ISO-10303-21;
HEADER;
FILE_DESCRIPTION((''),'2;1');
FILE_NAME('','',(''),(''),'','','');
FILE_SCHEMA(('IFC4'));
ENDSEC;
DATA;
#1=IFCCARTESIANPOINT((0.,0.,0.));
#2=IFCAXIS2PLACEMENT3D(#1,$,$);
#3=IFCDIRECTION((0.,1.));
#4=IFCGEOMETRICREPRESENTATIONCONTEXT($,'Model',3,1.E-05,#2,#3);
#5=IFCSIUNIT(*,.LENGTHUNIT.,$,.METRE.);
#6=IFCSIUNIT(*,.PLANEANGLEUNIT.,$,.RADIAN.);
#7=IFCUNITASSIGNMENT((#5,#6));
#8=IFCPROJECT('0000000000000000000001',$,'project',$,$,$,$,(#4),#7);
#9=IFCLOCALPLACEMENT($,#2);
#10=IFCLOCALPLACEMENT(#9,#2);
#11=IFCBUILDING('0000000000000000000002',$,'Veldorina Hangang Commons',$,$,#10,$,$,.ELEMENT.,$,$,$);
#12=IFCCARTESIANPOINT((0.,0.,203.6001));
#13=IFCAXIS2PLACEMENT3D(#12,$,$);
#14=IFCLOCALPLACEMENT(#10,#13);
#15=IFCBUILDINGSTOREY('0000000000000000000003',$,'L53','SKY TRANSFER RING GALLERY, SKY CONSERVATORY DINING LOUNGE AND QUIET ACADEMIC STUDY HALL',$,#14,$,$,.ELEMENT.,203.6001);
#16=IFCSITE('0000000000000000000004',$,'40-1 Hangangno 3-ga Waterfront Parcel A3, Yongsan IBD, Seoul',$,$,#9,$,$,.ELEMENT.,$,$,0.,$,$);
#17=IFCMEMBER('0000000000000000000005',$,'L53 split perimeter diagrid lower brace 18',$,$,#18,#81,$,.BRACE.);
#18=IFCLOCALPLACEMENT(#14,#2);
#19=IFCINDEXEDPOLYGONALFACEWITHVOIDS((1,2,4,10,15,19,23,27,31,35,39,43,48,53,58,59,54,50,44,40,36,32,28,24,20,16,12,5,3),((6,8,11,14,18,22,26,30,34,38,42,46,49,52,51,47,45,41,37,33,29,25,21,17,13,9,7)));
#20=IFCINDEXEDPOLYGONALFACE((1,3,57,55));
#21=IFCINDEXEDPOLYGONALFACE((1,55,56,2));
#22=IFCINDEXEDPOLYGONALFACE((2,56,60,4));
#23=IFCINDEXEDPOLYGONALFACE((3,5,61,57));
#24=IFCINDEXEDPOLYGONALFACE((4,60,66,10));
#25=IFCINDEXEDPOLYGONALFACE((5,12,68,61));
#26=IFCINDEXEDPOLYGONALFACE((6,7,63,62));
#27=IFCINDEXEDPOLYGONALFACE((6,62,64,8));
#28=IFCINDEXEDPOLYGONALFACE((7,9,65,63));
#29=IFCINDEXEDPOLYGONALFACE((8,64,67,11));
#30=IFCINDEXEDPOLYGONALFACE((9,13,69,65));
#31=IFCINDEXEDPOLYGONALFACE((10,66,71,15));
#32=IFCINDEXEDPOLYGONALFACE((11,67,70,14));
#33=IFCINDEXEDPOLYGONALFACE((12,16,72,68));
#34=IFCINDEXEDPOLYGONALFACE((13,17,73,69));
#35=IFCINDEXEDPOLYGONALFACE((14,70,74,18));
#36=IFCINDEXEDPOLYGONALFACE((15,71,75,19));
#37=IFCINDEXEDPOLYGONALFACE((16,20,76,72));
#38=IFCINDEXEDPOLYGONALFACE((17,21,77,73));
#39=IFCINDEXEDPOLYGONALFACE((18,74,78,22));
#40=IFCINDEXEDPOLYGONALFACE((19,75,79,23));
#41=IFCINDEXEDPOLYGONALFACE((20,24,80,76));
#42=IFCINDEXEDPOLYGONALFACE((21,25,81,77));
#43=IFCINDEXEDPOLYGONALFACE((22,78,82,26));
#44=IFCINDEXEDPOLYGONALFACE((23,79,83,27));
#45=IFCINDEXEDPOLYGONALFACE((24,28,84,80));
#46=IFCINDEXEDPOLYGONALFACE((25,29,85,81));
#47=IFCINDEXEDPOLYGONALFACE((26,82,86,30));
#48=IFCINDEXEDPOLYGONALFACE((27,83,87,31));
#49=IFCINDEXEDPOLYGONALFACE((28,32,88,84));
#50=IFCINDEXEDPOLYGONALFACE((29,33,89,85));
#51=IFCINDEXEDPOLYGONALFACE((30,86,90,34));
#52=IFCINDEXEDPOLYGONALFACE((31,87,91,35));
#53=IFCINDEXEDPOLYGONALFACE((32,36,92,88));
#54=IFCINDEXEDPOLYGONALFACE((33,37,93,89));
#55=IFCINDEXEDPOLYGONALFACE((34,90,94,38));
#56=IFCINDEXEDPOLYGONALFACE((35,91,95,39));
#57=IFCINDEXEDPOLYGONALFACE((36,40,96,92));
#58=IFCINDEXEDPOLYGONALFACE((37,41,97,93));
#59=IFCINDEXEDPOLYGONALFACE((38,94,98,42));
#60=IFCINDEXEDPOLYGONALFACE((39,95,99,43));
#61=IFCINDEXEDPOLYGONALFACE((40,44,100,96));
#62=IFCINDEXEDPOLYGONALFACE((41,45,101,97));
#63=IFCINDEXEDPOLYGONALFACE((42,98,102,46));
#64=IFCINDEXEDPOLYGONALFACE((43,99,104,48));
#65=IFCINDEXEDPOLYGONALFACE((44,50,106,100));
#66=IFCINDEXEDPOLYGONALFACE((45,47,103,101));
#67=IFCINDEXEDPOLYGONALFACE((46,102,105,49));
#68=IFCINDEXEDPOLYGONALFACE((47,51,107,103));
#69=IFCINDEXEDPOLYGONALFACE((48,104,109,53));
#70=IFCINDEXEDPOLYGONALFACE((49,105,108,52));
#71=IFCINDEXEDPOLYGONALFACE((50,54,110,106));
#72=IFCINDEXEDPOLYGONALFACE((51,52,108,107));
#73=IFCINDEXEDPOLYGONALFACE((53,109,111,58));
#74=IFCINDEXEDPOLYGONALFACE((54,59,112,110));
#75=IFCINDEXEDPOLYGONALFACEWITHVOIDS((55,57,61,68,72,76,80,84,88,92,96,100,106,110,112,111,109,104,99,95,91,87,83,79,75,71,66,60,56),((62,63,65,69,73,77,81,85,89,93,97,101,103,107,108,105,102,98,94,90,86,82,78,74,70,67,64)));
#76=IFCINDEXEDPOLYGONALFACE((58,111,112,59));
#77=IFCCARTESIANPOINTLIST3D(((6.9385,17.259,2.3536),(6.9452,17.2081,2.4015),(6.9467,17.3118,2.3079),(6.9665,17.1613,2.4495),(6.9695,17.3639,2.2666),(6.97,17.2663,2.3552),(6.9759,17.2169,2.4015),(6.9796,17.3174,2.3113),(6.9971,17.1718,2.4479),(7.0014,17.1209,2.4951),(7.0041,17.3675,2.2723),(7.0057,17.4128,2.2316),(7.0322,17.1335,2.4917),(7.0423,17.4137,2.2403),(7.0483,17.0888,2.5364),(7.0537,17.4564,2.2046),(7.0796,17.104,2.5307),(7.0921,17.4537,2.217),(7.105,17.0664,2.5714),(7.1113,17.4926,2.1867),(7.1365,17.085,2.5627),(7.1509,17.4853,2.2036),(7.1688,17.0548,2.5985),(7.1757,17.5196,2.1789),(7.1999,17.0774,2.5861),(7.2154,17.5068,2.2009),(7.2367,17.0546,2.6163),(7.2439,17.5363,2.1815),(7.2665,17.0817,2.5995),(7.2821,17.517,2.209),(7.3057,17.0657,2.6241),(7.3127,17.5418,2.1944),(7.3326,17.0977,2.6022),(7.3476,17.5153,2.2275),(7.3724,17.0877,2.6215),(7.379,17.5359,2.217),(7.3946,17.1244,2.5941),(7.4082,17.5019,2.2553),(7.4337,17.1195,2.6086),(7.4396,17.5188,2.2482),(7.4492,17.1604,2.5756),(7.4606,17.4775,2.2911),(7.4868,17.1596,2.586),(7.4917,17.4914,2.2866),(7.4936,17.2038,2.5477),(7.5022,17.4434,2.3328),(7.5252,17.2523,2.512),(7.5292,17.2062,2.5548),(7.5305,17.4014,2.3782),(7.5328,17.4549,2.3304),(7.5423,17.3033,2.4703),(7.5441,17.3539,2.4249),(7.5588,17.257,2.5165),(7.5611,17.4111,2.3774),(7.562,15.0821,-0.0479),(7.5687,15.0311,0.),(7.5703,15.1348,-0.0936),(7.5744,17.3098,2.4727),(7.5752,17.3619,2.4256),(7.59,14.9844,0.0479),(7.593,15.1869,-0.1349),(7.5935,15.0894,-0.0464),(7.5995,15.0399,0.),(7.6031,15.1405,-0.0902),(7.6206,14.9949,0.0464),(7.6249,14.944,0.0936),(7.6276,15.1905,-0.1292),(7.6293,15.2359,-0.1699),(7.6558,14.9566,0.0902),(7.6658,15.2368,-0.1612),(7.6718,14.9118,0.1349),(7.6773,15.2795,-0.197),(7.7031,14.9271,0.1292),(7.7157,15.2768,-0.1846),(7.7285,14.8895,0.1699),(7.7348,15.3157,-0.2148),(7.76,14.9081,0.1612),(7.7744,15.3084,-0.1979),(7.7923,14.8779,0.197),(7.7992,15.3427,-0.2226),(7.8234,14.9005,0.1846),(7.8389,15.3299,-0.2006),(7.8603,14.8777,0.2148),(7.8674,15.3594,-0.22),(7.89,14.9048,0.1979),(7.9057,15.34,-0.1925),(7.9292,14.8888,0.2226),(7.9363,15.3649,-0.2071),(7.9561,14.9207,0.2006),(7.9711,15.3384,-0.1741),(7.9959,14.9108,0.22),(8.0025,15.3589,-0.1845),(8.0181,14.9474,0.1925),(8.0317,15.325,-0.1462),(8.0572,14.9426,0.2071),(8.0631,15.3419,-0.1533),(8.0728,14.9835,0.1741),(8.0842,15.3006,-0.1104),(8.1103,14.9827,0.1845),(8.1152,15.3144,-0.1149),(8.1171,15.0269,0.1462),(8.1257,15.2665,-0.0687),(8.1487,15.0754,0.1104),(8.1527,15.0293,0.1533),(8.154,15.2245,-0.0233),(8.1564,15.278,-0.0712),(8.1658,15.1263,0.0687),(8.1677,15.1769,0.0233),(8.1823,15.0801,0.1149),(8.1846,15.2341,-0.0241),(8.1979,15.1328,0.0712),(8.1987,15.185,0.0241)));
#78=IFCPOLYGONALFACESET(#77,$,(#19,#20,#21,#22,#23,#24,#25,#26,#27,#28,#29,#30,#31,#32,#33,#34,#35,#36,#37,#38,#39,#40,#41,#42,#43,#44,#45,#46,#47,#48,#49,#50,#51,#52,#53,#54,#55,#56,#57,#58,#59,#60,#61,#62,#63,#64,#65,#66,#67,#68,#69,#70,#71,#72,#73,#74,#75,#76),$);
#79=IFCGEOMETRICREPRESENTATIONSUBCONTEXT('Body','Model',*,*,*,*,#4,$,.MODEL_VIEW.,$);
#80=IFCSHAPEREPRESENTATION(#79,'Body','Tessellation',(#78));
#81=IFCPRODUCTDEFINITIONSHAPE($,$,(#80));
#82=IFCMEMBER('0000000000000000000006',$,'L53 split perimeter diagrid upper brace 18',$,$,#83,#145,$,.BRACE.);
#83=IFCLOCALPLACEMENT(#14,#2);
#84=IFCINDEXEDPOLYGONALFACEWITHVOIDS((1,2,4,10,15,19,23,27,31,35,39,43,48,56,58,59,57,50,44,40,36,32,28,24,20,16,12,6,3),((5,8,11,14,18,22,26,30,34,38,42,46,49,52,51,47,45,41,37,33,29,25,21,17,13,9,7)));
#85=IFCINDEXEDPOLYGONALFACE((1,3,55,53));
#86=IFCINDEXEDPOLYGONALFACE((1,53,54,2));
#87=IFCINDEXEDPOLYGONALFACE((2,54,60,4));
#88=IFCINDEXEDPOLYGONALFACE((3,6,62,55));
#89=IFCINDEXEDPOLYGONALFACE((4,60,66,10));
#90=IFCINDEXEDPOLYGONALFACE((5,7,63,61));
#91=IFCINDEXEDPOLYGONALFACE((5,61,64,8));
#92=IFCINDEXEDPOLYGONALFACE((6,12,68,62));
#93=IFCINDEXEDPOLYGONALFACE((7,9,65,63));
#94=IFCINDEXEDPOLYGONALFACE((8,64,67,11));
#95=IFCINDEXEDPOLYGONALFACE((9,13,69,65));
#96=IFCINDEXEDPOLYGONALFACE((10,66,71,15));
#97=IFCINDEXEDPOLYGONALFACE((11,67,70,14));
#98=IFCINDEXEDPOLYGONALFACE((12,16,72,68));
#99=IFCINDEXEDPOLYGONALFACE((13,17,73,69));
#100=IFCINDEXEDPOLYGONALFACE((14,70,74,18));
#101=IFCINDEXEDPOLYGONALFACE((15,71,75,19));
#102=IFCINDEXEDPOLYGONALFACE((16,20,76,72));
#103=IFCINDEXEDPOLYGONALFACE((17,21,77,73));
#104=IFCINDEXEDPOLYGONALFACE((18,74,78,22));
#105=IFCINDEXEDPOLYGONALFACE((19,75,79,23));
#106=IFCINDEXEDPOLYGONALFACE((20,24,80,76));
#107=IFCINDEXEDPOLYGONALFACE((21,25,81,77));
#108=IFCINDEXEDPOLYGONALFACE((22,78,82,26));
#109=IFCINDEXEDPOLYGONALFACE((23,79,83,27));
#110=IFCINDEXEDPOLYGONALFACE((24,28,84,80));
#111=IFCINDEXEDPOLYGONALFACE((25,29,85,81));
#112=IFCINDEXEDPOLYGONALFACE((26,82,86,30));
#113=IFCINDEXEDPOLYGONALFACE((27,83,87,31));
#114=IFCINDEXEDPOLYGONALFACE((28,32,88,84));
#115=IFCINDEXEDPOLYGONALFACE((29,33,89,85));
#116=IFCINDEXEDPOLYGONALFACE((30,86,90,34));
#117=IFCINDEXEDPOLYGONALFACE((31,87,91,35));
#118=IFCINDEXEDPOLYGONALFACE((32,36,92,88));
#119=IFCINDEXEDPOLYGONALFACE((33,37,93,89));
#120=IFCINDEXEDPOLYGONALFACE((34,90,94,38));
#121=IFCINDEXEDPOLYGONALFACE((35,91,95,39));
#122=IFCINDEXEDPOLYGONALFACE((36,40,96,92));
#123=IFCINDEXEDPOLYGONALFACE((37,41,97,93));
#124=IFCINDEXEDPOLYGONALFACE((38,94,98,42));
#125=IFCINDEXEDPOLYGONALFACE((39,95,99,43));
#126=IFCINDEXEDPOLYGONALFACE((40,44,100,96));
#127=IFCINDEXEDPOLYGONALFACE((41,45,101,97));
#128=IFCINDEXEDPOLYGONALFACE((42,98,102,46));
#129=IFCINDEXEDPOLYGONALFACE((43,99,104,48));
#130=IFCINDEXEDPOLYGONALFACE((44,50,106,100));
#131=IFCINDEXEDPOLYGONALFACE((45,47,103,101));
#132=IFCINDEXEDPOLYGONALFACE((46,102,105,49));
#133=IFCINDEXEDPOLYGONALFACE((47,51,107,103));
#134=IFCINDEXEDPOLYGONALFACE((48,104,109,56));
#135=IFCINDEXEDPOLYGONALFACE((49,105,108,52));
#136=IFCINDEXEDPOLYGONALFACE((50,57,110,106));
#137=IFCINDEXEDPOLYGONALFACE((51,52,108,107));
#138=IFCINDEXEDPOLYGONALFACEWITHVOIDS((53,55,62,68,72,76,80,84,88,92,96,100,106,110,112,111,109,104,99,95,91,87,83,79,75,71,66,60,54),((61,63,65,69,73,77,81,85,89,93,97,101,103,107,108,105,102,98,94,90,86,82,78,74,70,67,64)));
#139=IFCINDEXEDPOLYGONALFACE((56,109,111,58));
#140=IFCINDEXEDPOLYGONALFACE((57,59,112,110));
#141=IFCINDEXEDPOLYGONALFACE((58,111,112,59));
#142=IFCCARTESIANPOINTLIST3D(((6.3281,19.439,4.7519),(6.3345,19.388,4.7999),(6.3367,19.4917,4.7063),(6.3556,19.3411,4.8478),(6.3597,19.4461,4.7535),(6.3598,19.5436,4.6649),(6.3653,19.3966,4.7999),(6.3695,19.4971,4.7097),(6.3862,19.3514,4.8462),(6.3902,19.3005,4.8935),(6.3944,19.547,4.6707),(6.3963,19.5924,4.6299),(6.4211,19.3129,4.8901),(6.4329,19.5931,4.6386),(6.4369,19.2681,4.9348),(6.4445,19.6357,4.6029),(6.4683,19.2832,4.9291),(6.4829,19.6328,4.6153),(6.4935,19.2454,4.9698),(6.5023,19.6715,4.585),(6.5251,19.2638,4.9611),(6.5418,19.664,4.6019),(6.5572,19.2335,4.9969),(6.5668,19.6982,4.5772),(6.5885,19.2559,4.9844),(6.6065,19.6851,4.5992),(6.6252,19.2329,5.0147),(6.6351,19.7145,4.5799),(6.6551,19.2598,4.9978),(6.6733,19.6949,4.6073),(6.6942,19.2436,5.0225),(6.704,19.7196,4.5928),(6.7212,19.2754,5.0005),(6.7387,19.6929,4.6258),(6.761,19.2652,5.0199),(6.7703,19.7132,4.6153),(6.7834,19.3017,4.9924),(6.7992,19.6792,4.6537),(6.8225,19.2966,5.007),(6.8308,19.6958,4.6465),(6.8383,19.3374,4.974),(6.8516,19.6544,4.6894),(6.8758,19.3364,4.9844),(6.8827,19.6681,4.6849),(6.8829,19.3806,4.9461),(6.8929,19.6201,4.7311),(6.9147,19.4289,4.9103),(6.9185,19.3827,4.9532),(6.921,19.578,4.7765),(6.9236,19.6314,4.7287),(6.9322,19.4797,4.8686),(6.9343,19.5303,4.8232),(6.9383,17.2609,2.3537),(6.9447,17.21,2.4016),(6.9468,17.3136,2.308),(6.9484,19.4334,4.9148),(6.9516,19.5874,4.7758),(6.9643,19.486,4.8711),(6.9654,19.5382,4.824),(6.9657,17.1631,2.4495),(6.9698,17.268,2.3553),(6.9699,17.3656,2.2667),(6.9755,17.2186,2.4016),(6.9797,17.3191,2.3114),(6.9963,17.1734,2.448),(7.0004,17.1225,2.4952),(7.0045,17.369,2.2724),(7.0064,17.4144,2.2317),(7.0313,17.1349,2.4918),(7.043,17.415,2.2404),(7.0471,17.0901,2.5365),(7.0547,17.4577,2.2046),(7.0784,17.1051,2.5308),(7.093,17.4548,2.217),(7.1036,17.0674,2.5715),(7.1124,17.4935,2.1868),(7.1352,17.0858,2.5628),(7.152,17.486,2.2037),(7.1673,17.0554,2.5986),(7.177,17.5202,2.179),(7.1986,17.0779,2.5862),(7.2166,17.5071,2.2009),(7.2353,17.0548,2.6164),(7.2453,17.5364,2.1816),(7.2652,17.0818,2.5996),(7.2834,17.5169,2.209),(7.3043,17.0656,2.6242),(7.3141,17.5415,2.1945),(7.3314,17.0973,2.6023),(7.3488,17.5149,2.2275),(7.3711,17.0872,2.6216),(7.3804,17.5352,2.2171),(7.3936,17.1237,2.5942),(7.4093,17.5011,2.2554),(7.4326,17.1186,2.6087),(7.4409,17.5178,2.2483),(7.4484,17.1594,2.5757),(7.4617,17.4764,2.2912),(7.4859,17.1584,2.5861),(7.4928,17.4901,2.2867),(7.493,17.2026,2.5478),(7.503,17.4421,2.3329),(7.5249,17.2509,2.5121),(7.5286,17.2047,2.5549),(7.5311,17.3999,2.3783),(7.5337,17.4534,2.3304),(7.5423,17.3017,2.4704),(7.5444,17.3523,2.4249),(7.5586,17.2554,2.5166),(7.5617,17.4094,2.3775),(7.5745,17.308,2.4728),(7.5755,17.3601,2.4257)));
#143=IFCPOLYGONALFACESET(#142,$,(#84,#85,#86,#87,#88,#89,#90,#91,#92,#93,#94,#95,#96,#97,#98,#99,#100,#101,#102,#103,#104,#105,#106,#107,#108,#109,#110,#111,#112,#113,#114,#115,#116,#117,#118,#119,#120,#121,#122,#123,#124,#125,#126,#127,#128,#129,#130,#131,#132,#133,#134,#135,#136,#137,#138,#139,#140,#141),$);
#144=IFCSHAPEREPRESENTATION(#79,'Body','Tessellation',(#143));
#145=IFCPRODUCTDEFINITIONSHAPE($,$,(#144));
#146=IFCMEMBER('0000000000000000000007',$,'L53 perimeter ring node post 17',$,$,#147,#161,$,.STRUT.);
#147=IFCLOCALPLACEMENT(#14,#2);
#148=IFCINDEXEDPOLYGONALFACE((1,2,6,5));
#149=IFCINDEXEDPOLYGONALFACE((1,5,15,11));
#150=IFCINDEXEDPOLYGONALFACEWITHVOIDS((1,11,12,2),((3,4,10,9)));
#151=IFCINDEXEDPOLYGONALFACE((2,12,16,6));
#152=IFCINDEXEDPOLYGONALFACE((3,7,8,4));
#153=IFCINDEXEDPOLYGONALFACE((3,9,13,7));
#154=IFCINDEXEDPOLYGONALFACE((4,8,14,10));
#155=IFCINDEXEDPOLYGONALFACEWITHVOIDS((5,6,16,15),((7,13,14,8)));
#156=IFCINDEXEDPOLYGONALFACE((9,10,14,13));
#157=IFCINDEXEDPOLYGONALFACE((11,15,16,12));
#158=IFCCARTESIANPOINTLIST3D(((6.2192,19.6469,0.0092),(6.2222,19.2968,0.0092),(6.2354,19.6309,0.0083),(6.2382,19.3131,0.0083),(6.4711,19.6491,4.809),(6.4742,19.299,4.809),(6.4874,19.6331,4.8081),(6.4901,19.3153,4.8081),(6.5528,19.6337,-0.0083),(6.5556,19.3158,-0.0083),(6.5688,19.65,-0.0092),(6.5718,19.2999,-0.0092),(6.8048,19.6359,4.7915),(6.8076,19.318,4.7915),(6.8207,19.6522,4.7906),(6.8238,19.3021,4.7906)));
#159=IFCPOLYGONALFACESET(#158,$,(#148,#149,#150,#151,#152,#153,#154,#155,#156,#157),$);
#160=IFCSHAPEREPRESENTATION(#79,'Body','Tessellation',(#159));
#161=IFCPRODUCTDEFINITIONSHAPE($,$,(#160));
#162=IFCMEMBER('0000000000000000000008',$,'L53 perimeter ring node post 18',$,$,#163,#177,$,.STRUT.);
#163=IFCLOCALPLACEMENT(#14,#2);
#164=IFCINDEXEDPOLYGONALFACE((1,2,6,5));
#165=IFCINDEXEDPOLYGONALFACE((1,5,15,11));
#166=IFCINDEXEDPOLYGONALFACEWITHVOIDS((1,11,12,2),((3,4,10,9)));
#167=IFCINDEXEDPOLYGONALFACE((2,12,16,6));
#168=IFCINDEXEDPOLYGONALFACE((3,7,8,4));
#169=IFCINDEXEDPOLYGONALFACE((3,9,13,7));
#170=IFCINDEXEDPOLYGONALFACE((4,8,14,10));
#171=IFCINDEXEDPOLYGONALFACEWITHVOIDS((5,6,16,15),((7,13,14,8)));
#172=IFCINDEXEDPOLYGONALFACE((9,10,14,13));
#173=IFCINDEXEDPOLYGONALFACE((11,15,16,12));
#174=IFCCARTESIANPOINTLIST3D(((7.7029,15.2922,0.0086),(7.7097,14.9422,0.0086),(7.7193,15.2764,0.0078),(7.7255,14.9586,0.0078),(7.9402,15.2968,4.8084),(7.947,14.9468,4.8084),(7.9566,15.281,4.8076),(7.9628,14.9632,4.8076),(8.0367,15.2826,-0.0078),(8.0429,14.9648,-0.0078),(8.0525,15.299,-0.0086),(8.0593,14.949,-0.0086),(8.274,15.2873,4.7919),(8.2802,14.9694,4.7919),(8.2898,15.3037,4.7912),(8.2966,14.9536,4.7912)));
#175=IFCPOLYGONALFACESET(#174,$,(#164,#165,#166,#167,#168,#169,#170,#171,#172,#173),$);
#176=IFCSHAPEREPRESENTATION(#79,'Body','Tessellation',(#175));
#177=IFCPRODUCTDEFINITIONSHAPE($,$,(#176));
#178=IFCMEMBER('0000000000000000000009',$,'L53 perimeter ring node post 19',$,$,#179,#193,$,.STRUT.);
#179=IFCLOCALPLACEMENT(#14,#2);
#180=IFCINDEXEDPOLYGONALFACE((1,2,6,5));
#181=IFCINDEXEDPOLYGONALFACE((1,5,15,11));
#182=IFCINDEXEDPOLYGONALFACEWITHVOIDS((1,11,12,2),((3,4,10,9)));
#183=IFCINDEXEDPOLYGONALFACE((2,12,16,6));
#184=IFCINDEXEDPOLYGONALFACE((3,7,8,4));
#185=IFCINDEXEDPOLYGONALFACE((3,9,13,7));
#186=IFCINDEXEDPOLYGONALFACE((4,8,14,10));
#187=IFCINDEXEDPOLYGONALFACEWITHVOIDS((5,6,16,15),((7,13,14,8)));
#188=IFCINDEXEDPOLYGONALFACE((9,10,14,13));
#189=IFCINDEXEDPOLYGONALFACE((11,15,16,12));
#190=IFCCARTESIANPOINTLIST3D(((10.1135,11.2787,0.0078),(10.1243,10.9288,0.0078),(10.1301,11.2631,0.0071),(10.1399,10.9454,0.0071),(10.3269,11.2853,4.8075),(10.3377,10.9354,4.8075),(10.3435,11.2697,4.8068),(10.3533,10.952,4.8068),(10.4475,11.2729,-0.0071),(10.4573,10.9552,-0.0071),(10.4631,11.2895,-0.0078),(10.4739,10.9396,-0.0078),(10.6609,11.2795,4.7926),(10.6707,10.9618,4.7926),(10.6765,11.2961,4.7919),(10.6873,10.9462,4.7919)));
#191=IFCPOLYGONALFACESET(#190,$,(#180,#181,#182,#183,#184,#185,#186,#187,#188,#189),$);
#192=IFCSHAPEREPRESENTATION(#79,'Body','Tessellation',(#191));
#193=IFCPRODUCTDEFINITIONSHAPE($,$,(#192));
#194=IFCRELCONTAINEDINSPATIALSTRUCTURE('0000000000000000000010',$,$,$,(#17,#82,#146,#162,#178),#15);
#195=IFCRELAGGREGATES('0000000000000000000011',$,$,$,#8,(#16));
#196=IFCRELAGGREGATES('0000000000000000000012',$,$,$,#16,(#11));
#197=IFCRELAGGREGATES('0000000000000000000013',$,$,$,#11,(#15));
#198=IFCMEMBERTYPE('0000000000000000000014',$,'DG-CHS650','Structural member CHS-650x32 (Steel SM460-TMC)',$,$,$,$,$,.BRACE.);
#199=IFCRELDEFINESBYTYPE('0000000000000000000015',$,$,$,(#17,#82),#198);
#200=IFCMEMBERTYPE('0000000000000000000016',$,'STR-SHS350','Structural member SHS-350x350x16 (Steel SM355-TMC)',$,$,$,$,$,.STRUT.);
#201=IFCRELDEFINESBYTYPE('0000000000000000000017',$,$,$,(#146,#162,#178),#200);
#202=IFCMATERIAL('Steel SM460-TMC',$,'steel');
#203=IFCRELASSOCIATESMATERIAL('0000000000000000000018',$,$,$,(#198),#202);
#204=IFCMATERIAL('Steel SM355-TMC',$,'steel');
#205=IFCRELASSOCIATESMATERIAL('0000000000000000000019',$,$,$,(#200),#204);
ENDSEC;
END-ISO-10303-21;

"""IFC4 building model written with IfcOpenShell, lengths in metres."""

from ifc_helpers import new_model, si_unit, direction, frame, origin, origin_2d, place, context, subcontext, project, spatial, hollow_rectangle, hollow_circle, extrude, material, material_profile, profile_set, type_object, element, save


model = new_model("IFC4")

# Units and contexts
model_context = context("Model", 3, precision=1e-05, world=origin(), true_north=direction((0.0, 1.0)))
body_context = subcontext(model_context, "Body", "Model", "MODEL_VIEW")
ifc_project = project(units=[si_unit("LENGTHUNIT", "METRE"), si_unit("PLANEANGLEUNIT", "RADIAN")], contexts=[model_context])

# Site, building, storey
site_placement = place(None, origin())
site = spatial("IfcSite", under=ifc_project, at=site_placement, Name="40-1 Hangangno 3-ga Waterfront Parcel A3, Yongsan IBD, Seoul", CompositionType="ELEMENT", RefElevation=0.0)
building_placement = place(site_placement, origin())
building = spatial("IfcBuilding", under=site, at=building_placement, Name="Veldorina Hangang Commons", CompositionType="ELEMENT")
storey_placement = place(building_placement, frame((0.0, 0.0, 203.6001)))
storey = spatial("IfcBuildingStorey", under=building, at=storey_placement, Name="L53", Description="SKY TRANSFER RING GALLERY, SKY CONSERVATORY DINING LOUNGE AND QUIET ACADEMIC STUDY HALL", CompositionType="ELEMENT", Elevation=203.6001)

# Shared definitions
ifc_material_1 = material(Name="Steel SM355-TMC", Category="steel")

# Members
ifc_material_2 = material(Name="Steel SM460-TMC", Category="steel")
ifc_material_profile_1 = material_profile(ifc_material_2, hollow_circle(Radius=0.325, WallThickness=0.032, at=origin_2d()), Name="CHS-650x32")
ifc_profile_set_1 = profile_set([ifc_material_profile_1], Name="Steel SM460-TMC")
member_type_1 = type_object("IfcMemberType", Name="DG-CHS650", Description="Structural member CHS-650x32 (Steel SM460-TMC)", PredefinedType="BRACE", material=ifc_profile_set_1)
member_1_placement = place(storey_placement, frame((7.8811, 15.1206, 0.0), z_axis=(-0.188899, 0.65952, 0.727565), x_axis=(-0.961345, -0.275348, 0.0)))
element("IfcMember", 1, at=member_1_placement, inside=storey, type_object=member_type_1, Name="L53 split perimeter diagrid lower brace 18", PredefinedType="BRACE", context=body_context, shape_type="SweptSolid", body=[
    extrude(hollow_circle(Radius=0.325, WallThickness=0.032, at=origin_2d()), origin(), (0.0, 0.0, 1.0), 3.3008),
])
member_2_placement = place(storey_placement, frame((7.2576, 17.2976, 2.4016), z_axis=(-0.185075, 0.660687, 0.727489), x_axis=(-0.962933, -0.269742, 0.0)))
element("IfcMember", 2, at=member_2_placement, inside=storey, type_object=member_type_1, Name="L53 split perimeter diagrid upper brace 18", PredefinedType="BRACE", context=body_context, shape_type="SweptSolid", body=[
    extrude(hollow_circle(Radius=0.325, WallThickness=0.032, at=origin_2d()), origin(), (0.0, 0.0, 1.0), 3.2966),
])
ifc_material_profile_2 = material_profile(ifc_material_1, hollow_rectangle(XDim=0.3501, YDim=0.3501, WallThickness=0.0161, at=origin_2d()), Name="SHS-350x350x16")
ifc_profile_set_2 = profile_set([ifc_material_profile_2], Name="Steel SM355-TMC")
member_type_2 = type_object("IfcMemberType", Name="STR-SHS350", Description="Structural member SHS-350x350x16 (Steel SM355-TMC)", PredefinedType="STRUT", material=ifc_profile_set_2)
member_3_placement = place(storey_placement, frame((6.3955, 19.4734, 0.0), z_axis=(0.05242, 0.000457, 0.998625), x_axis=(-0.008721, 0.999962, 0.0)))
element("IfcMember", 3, at=member_3_placement, inside=storey, type_object=member_type_2, Name="L53 perimeter ring node post 17", PredefinedType="STRUT", context=body_context, shape_type="SweptSolid", body=[
    extrude(hollow_rectangle(XDim=0.3501, YDim=0.3501, WallThickness=0.0161, at=origin_2d()), origin(), (0.0, 0.0, 1.0), 4.8064),
])
member_4_placement = place(storey_placement, frame((7.8811, 15.1206, 0.0), z_axis=(0.04938, 0.000965, 0.99878), x_axis=(-0.019544, 0.999809, 0.0)))
element("IfcMember", 4, at=member_4_placement, inside=storey, type_object=member_type_2, Name="L53 perimeter ring node post 18", PredefinedType="STRUT", context=body_context, shape_type="SweptSolid", body=[
    extrude(hollow_rectangle(XDim=0.3501, YDim=0.3501, WallThickness=0.0161, at=origin_2d()), origin(), (0.0, 0.0, 1.0), 4.8057),
])
member_5_placement = place(storey_placement, frame((10.2937, 11.1091, 0.0), z_axis=(0.044412, 0.001372, 0.999012), x_axis=(-0.030878, 0.999523, 0.0)))
element("IfcMember", 5, at=member_5_placement, inside=storey, type_object=member_type_2, Name="L53 perimeter ring node post 19", PredefinedType="STRUT", context=body_context, shape_type="SweptSolid", body=[
    extrude(hollow_rectangle(XDim=0.3501, YDim=0.3501, WallThickness=0.0161, at=origin_2d()), origin(), (0.0, 0.0, 1.0), 4.8044),
])

save(model, "model.ifc")
